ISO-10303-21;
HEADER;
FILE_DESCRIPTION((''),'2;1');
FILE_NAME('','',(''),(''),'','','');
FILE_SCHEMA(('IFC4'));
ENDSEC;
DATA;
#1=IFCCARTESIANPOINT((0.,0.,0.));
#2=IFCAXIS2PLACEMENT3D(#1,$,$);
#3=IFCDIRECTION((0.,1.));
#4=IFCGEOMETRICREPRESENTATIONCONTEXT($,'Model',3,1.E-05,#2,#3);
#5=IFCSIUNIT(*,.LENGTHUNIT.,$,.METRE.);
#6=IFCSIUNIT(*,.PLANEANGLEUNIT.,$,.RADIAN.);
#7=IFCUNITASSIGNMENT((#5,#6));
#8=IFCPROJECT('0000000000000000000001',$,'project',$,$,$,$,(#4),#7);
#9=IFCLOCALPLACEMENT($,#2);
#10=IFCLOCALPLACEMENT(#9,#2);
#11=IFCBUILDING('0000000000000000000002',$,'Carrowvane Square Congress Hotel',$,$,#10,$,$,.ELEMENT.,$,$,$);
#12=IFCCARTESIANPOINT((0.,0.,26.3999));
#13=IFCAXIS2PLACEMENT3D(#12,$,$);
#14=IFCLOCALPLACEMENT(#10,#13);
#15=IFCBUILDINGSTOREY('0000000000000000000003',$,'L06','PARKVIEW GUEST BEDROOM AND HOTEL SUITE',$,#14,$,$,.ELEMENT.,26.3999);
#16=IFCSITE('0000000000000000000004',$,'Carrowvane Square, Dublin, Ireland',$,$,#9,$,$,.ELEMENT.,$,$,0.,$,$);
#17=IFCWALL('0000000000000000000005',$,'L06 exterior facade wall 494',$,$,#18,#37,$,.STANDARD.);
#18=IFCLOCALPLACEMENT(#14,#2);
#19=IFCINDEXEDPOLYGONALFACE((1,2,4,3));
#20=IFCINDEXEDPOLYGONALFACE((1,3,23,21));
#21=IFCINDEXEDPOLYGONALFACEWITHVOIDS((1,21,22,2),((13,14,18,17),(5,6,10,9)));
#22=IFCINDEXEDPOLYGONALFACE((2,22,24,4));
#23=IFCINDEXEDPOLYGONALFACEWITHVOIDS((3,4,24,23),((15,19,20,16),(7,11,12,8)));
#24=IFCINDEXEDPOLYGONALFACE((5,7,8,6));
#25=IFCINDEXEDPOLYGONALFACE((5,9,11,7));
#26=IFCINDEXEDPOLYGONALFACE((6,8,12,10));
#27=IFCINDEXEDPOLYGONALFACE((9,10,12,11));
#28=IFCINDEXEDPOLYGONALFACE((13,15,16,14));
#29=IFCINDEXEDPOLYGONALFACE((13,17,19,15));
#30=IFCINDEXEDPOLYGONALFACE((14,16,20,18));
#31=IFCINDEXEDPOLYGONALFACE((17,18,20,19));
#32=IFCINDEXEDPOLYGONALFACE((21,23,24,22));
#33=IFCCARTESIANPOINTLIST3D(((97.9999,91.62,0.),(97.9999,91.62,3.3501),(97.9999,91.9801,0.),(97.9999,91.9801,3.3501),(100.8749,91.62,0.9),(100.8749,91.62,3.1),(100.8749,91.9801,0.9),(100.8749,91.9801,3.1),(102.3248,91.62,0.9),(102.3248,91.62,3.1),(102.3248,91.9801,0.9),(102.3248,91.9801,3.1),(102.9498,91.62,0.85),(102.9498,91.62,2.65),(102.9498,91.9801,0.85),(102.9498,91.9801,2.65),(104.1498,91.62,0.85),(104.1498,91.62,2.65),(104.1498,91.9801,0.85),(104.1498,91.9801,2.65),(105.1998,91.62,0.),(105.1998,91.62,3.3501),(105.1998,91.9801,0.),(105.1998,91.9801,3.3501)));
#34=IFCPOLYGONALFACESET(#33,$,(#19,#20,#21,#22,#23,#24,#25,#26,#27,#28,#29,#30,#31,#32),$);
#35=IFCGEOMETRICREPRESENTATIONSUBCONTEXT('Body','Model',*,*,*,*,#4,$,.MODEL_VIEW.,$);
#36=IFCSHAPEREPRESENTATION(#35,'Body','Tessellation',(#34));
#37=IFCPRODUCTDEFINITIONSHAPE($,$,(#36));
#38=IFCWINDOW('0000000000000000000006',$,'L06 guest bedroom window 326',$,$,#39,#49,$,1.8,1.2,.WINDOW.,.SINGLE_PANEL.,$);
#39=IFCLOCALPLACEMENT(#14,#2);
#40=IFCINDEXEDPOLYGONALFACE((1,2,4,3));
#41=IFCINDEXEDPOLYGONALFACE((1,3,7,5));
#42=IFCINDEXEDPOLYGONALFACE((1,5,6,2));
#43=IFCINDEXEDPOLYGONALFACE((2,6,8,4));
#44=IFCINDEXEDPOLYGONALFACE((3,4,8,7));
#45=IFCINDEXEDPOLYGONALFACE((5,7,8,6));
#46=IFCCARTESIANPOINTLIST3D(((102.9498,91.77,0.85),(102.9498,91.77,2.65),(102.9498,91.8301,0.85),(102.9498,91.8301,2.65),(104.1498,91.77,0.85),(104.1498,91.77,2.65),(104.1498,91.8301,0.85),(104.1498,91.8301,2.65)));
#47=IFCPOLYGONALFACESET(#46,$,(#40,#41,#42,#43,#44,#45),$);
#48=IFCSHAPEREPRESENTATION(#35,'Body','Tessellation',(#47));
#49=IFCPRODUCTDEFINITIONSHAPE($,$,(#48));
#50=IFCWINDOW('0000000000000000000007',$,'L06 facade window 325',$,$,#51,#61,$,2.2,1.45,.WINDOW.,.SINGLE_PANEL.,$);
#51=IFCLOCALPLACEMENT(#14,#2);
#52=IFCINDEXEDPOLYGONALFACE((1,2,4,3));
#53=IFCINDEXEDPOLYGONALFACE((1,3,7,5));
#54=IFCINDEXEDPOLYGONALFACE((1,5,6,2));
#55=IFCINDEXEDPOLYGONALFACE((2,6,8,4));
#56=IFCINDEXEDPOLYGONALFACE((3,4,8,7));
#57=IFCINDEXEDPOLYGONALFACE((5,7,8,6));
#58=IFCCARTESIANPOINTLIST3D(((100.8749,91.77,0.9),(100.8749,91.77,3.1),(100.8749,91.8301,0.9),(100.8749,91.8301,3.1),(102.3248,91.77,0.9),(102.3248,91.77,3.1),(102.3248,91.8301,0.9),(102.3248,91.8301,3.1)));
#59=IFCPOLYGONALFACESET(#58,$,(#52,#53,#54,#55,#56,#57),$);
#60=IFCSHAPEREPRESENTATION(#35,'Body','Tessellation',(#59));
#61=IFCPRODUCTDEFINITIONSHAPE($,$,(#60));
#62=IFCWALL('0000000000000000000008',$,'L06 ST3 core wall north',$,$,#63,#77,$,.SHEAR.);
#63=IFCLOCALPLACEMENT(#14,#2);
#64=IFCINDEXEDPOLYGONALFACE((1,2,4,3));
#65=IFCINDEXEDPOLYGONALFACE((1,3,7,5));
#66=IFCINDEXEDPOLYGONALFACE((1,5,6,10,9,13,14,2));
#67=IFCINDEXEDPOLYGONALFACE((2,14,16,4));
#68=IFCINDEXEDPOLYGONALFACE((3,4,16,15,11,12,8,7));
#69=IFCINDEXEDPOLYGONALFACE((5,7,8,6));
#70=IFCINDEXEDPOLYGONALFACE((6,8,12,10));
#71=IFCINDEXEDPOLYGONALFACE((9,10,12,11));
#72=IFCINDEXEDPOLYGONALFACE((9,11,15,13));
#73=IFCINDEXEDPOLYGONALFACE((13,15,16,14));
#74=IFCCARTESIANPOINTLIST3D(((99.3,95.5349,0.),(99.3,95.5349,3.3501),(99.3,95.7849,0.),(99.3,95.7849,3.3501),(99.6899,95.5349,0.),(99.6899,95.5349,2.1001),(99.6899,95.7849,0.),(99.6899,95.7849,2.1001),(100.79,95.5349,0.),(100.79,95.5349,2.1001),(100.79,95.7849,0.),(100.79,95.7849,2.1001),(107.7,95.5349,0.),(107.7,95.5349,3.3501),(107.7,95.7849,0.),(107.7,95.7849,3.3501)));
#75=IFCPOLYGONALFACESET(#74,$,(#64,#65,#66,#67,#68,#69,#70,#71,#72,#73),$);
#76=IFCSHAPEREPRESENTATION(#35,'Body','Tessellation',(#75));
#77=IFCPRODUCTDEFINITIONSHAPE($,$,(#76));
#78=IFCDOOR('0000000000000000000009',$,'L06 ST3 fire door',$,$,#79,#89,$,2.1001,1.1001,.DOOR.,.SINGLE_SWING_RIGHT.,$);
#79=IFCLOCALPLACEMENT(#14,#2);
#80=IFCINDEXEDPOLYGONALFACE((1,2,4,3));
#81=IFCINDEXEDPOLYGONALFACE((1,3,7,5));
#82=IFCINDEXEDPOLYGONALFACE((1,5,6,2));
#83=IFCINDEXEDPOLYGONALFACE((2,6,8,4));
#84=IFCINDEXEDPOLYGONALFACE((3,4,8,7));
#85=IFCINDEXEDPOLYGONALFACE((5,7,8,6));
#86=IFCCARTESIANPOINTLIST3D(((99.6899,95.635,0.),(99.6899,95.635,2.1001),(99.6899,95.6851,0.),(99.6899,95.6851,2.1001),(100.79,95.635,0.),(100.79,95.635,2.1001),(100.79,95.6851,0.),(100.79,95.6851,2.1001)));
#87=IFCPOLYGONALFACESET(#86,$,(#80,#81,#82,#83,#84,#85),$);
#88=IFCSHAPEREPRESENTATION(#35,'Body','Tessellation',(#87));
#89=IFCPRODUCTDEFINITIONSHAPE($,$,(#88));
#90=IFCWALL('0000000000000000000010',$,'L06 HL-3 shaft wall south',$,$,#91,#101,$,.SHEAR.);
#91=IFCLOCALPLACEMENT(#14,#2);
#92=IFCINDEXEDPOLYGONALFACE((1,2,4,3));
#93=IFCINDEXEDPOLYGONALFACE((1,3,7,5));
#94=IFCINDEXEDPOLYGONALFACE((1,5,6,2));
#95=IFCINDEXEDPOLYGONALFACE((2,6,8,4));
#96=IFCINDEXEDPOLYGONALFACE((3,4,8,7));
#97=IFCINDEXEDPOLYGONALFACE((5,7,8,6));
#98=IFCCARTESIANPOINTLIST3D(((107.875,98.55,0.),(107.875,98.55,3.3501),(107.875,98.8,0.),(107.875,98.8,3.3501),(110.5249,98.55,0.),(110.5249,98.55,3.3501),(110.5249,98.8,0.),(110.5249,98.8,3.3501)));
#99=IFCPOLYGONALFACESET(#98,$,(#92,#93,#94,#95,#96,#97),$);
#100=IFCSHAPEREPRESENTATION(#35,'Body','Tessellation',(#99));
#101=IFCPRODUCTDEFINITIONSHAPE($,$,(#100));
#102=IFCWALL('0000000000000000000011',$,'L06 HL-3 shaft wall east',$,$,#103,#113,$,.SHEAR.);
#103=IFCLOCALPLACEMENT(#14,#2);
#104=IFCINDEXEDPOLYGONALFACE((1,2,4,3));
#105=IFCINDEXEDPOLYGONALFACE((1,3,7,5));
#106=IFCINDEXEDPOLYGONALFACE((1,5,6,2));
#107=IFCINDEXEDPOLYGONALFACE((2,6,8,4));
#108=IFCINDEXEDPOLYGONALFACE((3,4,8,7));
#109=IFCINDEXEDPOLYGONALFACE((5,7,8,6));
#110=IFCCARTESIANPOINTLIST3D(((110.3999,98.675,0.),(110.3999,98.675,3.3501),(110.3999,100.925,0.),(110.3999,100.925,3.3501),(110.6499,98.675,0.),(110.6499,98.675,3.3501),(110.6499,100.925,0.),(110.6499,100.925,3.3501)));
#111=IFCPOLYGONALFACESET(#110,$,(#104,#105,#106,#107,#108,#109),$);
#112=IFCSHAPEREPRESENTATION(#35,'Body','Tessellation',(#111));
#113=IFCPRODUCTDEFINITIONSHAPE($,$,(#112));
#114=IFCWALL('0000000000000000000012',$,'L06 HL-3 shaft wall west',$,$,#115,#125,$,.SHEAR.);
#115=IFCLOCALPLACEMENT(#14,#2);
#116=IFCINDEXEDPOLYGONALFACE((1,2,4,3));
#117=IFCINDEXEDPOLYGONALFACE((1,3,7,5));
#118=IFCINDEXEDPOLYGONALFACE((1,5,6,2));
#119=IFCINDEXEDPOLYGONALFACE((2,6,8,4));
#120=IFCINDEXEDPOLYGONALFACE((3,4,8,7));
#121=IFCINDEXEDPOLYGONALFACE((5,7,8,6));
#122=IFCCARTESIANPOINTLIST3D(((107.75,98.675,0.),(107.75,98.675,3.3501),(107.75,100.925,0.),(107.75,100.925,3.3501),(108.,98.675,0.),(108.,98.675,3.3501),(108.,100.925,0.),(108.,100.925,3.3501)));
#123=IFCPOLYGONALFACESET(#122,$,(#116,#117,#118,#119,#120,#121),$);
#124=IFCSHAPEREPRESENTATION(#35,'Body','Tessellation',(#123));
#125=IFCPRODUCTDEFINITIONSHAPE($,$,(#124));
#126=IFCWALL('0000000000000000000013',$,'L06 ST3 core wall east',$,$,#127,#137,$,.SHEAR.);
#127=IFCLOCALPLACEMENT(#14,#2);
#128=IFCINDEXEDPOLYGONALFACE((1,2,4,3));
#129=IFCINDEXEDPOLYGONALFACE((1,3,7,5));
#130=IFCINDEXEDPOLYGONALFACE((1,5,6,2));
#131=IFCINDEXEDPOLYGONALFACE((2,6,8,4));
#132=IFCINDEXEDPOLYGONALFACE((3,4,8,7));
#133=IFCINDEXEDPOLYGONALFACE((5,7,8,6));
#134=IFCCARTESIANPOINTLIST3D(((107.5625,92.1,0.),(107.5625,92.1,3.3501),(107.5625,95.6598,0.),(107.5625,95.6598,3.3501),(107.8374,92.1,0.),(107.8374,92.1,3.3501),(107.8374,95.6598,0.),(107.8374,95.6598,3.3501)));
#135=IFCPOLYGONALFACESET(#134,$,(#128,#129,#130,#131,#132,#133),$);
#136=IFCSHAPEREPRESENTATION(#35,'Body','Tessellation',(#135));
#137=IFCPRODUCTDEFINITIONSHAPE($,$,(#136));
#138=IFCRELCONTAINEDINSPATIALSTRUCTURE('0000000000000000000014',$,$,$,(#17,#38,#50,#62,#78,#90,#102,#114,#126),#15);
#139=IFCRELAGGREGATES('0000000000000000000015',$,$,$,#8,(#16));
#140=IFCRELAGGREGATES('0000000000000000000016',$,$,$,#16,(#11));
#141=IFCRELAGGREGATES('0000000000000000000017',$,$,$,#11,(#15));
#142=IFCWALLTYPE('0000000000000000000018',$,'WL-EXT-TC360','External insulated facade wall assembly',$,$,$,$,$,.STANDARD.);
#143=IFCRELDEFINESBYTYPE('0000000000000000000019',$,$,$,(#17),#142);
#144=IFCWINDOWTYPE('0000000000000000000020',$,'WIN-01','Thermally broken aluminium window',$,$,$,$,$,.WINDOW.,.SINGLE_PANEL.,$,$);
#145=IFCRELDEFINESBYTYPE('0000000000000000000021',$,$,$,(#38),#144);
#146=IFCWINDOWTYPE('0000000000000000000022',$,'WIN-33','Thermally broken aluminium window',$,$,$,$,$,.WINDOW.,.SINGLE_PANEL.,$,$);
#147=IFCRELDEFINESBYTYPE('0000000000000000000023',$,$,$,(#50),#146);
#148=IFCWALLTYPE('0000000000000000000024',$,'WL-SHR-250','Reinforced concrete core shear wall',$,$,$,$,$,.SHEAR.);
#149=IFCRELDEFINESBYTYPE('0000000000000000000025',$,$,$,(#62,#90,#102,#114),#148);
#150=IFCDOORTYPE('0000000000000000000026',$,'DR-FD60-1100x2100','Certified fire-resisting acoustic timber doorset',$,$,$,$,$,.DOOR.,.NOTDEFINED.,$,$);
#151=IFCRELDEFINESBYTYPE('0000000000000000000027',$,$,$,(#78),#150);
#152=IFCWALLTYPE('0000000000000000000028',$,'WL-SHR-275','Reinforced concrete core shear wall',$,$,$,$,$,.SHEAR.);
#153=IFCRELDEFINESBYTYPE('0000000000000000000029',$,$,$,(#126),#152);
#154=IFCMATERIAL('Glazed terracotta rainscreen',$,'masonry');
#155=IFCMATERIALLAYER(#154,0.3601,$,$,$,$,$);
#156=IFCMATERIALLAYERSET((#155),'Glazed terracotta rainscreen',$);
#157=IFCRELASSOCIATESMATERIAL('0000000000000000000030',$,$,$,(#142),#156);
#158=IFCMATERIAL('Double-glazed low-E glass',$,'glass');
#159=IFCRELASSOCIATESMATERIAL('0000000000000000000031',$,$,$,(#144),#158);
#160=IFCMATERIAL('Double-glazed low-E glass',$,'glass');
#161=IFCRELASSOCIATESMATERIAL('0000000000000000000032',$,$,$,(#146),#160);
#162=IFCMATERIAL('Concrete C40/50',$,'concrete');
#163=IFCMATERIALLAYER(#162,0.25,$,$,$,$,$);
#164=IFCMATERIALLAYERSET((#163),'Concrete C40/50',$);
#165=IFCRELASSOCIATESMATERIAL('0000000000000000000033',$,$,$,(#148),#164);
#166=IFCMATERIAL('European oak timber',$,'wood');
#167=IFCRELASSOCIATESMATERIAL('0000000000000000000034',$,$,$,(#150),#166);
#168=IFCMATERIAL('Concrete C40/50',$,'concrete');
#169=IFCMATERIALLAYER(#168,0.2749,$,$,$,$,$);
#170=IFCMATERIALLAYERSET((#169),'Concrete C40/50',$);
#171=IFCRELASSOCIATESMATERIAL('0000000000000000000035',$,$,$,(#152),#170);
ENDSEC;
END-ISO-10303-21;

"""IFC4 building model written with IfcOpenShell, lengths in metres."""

from ifc_helpers import new_model, si_unit, direction, frame, frame_2d, origin, place, context, subcontext, project, spatial, rectangle, extrude, material, layer, layer_set, type_object, element, fill, save


model = new_model("IFC4")

# Units and contexts
model_context = context("Model", 3, precision=1e-05, world=origin(), true_north=direction((0.0, 1.0)))
body_context = subcontext(model_context, "Body", "Model", "MODEL_VIEW")
ifc_project = project(units=[si_unit("LENGTHUNIT", "METRE"), si_unit("PLANEANGLEUNIT", "RADIAN")], contexts=[model_context])

# Site, building, storey
site_placement = place(None, origin())
site = spatial("IfcSite", under=ifc_project, at=site_placement, Name="Carrowvane Square, Dublin, Ireland", CompositionType="ELEMENT", RefElevation=0.0)
building_placement = place(site_placement, origin())
building = spatial("IfcBuilding", under=site, at=building_placement, Name="Carrowvane Square Congress Hotel", CompositionType="ELEMENT")
storey_placement = place(building_placement, frame((0.0, 0.0, 26.3999)))
storey = spatial("IfcBuildingStorey", under=building, at=storey_placement, Name="L06", Description="PARKVIEW GUEST BEDROOM AND HOTEL SUITE", CompositionType="ELEMENT", Elevation=26.3999)

# Wall, openings, windows
ifc_material_1 = material(Name="Glazed terracotta rainscreen", Category="masonry")
ifc_layer_1 = layer(ifc_material_1, 0.3601)
ifc_layer_set_1 = layer_set([ifc_layer_1], Name="Glazed terracotta rainscreen")
wall_type_1 = type_object("IfcWallType", Name="WL-EXT-TC360", Description="External insulated facade wall assembly", PredefinedType="STANDARD", material=ifc_layer_set_1)
ifc_material_2 = material(Name="Double-glazed low-E glass", Category="glass")
window_type_1 = type_object("IfcWindowType", Name="WIN-01", Description="Thermally broken aluminium window", PartitioningType="SINGLE_PANEL", PredefinedType="WINDOW", material=ifc_material_2)
wall_1_placement = place(storey_placement, frame((105.2, 91.8, 0.0), z_axis=(0.0, 0.0, 1.0), x_axis=(-1.0, 0.0, 0.0)))
wall_1 = element("IfcWall", 1, at=wall_1_placement, inside=storey, type_object=wall_type_1, Name="L06 exterior facade wall 494", PredefinedType="STANDARD", context=body_context, shape_type="SweptSolid", body=[
    extrude(rectangle(XDim=7.2, YDim=0.3601, at=frame_2d((3.6001, 0.0))), origin(), (0.0, 0.0, 1.0), 3.3501),
])
opening_1_placement = place(wall_1_placement, frame((2.875, 0.0, 0.8999)))
opening_1 = element("IfcOpeningElement", 2, at=opening_1_placement, cuts=wall_1, PredefinedType="OPENING", context=body_context, shape_type="SweptSolid", body=[
    extrude(rectangle(XDim=1.45, YDim=2.2, at=frame_2d((0.7251, 1.1001))), frame((0.0, 0.1899, 0.0), z_axis=(0.0, -1.0, 0.0), x_axis=(1.0, 0.0, 0.0)), (0.0, 0.0, 1.0), 0.3801),
])
opening_2_placement = place(wall_1_placement, frame((1.05, 0.0, 0.8501)))
opening_2 = element("IfcOpeningElement", 3, at=opening_2_placement, cuts=wall_1, PredefinedType="OPENING", context=body_context, shape_type="SweptSolid", body=[
    extrude(rectangle(XDim=1.2, YDim=1.8, at=frame_2d((0.6001, 0.8999))), frame((0.0, 0.1899, 0.0), z_axis=(0.0, -1.0, 0.0), x_axis=(1.0, 0.0, 0.0)), (0.0, 0.0, 1.0), 0.3801),
])
window_1_placement = place(opening_2_placement, origin())
window_1 = element("IfcWindow", 4, at=window_1_placement, inside=storey, type_object=window_type_1, Name="L06 guest bedroom window 326", OverallHeight=1.8, OverallWidth=1.2, PartitioningType="SINGLE_PANEL", PredefinedType="WINDOW", context=body_context, shape_type="SweptSolid", body=[
    extrude(rectangle(XDim=1.2, YDim=1.8, at=frame_2d((0.6001, 0.8999))), frame((0.0, 0.03, 0.0), z_axis=(0.0, -1.0, 0.0), x_axis=(1.0, 0.0, 0.0)), (0.0, 0.0, 1.0), 0.0601),
])
fill(opening_2, window_1)
ifc_material_3 = material(Name="Double-glazed low-E glass", Category="glass")
window_type_2 = type_object("IfcWindowType", Name="WIN-33", Description="Thermally broken aluminium window", PartitioningType="SINGLE_PANEL", PredefinedType="WINDOW", material=ifc_material_3)
window_2_placement = place(opening_1_placement, origin())
window_2 = element("IfcWindow", 5, at=window_2_placement, inside=storey, type_object=window_type_2, Name="L06 facade window 325", OverallHeight=2.2, OverallWidth=1.45, PartitioningType="SINGLE_PANEL", PredefinedType="WINDOW", context=body_context, shape_type="SweptSolid", body=[
    extrude(rectangle(XDim=1.45, YDim=2.2, at=frame_2d((0.7251, 1.1001))), frame((0.0, 0.03, 0.0), z_axis=(0.0, -1.0, 0.0), x_axis=(1.0, 0.0, 0.0)), (0.0, 0.0, 1.0), 0.0601),
])
fill(opening_1, window_2)

# Wall, opening, door
ifc_material_4 = material(Name="Concrete C40/50", Category="concrete")
ifc_layer_2 = layer(ifc_material_4, 0.25)
ifc_layer_set_2 = layer_set([ifc_layer_2], Name="Concrete C40/50")
wall_type_2 = type_object("IfcWallType", Name="WL-SHR-250", Description="Reinforced concrete core shear wall", PredefinedType="SHEAR", material=ifc_layer_set_2)
wall_2_placement = place(storey_placement, frame((107.7, 95.6599, 0.0), z_axis=(0.0, 0.0, 1.0), x_axis=(-1.0, 0.0, 0.0)))
wall_2 = element("IfcWall", 6, at=wall_2_placement, inside=storey, type_object=wall_type_2, Name="L06 ST3 core wall north", PredefinedType="SHEAR", context=body_context, shape_type="SweptSolid", body=[
    extrude(rectangle(XDim=8.3999, YDim=0.25, at=frame_2d((4.2, 0.0))), origin(), (0.0, 0.0, 1.0), 3.3501),
])
opening_3_placement = place(wall_2_placement, frame((6.9099, 0.0, 0.0)))
opening_3 = element("IfcOpeningElement", 7, at=opening_3_placement, cuts=wall_2, PredefinedType="OPENING", context=body_context, shape_type="SweptSolid", body=[
    extrude(rectangle(XDim=1.1001, YDim=2.1001, at=frame_2d((0.55, 1.05))), frame((0.0, 0.135, 0.0), z_axis=(0.0, -1.0, 0.0), x_axis=(1.0, 0.0, 0.0)), (0.0, 0.0, 1.0), 0.27),
])
ifc_material_5 = material(Name="European oak timber", Category="wood")
door_type = type_object("IfcDoorType", Name="DR-FD60-1100x2100", Description="Certified fire-resisting acoustic timber doorset", OperationType="NOTDEFINED", PredefinedType="DOOR", material=ifc_material_5)
door_placement = place(opening_3_placement, origin())
door = element("IfcDoor", 8, at=door_placement, inside=storey, type_object=door_type, Name="L06 ST3 fire door", OperationType="SINGLE_SWING_RIGHT", OverallHeight=2.1001, OverallWidth=1.1001, PredefinedType="DOOR", context=body_context, shape_type="SweptSolid", body=[
    extrude(rectangle(XDim=1.1001, YDim=2.1001, at=frame_2d((0.55, 1.05))), frame((0.0, 0.0249, 0.0), z_axis=(0.0, -1.0, 0.0), x_axis=(1.0, 0.0, 0.0)), (0.0, 0.0, 1.0), 0.05),
])
fill(opening_3, door)

# Walls
wall_3_placement = place(storey_placement, frame((107.875, 98.675, 0.0), z_axis=(0.0, 0.0, 1.0), x_axis=(1.0, 0.0, 0.0)))
element("IfcWall", 9, at=wall_3_placement, inside=storey, type_object=wall_type_2, Name="L06 HL-3 shaft wall south", PredefinedType="SHEAR", context=body_context, shape_type="SweptSolid", body=[
    extrude(rectangle(XDim=2.6499, YDim=0.25, at=frame_2d((1.325, 0.0))), origin(), (0.0, 0.0, 1.0), 3.3501),
])
for number, where, z_axis, x_axis, name in (
    (10, (110.5249, 98.675, 0.0), (0.0, 0.0, 1.0), (0.0, 1.0, 0.0), "L06 HL-3 shaft wall east"),
    (11, (107.875, 100.925, 0.0), (0.0, 0.0, 1.0), (0.0, -1.0, 0.0), "L06 HL-3 shaft wall west"),
):
    element("IfcWall", number, at=place(storey_placement, frame(where, z_axis=z_axis, x_axis=x_axis)), inside=storey, type_object=wall_type_2, Name=name, PredefinedType="SHEAR", context=body_context, shape_type="SweptSolid", body=[
        extrude(rectangle(XDim=2.25, YDim=0.25, at=frame_2d((1.125, 0.0))), origin(), (0.0, 0.0, 1.0), 3.3501),
    ])
ifc_material_6 = material(Name="Concrete C40/50", Category="concrete")
ifc_layer_3 = layer(ifc_material_6, 0.2749)
ifc_layer_set_3 = layer_set([ifc_layer_3], Name="Concrete C40/50")
wall_type_3 = type_object("IfcWallType", Name="WL-SHR-275", Description="Reinforced concrete core shear wall", PredefinedType="SHEAR", material=ifc_layer_set_3)
wall_4_placement = place(storey_placement, frame((107.7, 92.1001, 0.0), z_axis=(0.0, 0.0, 1.0), x_axis=(0.0, 1.0, 0.0)))
element("IfcWall", 12, at=wall_4_placement, inside=storey, type_object=wall_type_3, Name="L06 ST3 core wall east", PredefinedType="SHEAR", context=body_context, shape_type="SweptSolid", body=[
    extrude(rectangle(XDim=3.5598, YDim=0.2749, at=frame_2d((1.7798, 0.0))), origin(), (0.0, 0.0, 1.0), 3.3501),
])

save(model, "model.ifc")
